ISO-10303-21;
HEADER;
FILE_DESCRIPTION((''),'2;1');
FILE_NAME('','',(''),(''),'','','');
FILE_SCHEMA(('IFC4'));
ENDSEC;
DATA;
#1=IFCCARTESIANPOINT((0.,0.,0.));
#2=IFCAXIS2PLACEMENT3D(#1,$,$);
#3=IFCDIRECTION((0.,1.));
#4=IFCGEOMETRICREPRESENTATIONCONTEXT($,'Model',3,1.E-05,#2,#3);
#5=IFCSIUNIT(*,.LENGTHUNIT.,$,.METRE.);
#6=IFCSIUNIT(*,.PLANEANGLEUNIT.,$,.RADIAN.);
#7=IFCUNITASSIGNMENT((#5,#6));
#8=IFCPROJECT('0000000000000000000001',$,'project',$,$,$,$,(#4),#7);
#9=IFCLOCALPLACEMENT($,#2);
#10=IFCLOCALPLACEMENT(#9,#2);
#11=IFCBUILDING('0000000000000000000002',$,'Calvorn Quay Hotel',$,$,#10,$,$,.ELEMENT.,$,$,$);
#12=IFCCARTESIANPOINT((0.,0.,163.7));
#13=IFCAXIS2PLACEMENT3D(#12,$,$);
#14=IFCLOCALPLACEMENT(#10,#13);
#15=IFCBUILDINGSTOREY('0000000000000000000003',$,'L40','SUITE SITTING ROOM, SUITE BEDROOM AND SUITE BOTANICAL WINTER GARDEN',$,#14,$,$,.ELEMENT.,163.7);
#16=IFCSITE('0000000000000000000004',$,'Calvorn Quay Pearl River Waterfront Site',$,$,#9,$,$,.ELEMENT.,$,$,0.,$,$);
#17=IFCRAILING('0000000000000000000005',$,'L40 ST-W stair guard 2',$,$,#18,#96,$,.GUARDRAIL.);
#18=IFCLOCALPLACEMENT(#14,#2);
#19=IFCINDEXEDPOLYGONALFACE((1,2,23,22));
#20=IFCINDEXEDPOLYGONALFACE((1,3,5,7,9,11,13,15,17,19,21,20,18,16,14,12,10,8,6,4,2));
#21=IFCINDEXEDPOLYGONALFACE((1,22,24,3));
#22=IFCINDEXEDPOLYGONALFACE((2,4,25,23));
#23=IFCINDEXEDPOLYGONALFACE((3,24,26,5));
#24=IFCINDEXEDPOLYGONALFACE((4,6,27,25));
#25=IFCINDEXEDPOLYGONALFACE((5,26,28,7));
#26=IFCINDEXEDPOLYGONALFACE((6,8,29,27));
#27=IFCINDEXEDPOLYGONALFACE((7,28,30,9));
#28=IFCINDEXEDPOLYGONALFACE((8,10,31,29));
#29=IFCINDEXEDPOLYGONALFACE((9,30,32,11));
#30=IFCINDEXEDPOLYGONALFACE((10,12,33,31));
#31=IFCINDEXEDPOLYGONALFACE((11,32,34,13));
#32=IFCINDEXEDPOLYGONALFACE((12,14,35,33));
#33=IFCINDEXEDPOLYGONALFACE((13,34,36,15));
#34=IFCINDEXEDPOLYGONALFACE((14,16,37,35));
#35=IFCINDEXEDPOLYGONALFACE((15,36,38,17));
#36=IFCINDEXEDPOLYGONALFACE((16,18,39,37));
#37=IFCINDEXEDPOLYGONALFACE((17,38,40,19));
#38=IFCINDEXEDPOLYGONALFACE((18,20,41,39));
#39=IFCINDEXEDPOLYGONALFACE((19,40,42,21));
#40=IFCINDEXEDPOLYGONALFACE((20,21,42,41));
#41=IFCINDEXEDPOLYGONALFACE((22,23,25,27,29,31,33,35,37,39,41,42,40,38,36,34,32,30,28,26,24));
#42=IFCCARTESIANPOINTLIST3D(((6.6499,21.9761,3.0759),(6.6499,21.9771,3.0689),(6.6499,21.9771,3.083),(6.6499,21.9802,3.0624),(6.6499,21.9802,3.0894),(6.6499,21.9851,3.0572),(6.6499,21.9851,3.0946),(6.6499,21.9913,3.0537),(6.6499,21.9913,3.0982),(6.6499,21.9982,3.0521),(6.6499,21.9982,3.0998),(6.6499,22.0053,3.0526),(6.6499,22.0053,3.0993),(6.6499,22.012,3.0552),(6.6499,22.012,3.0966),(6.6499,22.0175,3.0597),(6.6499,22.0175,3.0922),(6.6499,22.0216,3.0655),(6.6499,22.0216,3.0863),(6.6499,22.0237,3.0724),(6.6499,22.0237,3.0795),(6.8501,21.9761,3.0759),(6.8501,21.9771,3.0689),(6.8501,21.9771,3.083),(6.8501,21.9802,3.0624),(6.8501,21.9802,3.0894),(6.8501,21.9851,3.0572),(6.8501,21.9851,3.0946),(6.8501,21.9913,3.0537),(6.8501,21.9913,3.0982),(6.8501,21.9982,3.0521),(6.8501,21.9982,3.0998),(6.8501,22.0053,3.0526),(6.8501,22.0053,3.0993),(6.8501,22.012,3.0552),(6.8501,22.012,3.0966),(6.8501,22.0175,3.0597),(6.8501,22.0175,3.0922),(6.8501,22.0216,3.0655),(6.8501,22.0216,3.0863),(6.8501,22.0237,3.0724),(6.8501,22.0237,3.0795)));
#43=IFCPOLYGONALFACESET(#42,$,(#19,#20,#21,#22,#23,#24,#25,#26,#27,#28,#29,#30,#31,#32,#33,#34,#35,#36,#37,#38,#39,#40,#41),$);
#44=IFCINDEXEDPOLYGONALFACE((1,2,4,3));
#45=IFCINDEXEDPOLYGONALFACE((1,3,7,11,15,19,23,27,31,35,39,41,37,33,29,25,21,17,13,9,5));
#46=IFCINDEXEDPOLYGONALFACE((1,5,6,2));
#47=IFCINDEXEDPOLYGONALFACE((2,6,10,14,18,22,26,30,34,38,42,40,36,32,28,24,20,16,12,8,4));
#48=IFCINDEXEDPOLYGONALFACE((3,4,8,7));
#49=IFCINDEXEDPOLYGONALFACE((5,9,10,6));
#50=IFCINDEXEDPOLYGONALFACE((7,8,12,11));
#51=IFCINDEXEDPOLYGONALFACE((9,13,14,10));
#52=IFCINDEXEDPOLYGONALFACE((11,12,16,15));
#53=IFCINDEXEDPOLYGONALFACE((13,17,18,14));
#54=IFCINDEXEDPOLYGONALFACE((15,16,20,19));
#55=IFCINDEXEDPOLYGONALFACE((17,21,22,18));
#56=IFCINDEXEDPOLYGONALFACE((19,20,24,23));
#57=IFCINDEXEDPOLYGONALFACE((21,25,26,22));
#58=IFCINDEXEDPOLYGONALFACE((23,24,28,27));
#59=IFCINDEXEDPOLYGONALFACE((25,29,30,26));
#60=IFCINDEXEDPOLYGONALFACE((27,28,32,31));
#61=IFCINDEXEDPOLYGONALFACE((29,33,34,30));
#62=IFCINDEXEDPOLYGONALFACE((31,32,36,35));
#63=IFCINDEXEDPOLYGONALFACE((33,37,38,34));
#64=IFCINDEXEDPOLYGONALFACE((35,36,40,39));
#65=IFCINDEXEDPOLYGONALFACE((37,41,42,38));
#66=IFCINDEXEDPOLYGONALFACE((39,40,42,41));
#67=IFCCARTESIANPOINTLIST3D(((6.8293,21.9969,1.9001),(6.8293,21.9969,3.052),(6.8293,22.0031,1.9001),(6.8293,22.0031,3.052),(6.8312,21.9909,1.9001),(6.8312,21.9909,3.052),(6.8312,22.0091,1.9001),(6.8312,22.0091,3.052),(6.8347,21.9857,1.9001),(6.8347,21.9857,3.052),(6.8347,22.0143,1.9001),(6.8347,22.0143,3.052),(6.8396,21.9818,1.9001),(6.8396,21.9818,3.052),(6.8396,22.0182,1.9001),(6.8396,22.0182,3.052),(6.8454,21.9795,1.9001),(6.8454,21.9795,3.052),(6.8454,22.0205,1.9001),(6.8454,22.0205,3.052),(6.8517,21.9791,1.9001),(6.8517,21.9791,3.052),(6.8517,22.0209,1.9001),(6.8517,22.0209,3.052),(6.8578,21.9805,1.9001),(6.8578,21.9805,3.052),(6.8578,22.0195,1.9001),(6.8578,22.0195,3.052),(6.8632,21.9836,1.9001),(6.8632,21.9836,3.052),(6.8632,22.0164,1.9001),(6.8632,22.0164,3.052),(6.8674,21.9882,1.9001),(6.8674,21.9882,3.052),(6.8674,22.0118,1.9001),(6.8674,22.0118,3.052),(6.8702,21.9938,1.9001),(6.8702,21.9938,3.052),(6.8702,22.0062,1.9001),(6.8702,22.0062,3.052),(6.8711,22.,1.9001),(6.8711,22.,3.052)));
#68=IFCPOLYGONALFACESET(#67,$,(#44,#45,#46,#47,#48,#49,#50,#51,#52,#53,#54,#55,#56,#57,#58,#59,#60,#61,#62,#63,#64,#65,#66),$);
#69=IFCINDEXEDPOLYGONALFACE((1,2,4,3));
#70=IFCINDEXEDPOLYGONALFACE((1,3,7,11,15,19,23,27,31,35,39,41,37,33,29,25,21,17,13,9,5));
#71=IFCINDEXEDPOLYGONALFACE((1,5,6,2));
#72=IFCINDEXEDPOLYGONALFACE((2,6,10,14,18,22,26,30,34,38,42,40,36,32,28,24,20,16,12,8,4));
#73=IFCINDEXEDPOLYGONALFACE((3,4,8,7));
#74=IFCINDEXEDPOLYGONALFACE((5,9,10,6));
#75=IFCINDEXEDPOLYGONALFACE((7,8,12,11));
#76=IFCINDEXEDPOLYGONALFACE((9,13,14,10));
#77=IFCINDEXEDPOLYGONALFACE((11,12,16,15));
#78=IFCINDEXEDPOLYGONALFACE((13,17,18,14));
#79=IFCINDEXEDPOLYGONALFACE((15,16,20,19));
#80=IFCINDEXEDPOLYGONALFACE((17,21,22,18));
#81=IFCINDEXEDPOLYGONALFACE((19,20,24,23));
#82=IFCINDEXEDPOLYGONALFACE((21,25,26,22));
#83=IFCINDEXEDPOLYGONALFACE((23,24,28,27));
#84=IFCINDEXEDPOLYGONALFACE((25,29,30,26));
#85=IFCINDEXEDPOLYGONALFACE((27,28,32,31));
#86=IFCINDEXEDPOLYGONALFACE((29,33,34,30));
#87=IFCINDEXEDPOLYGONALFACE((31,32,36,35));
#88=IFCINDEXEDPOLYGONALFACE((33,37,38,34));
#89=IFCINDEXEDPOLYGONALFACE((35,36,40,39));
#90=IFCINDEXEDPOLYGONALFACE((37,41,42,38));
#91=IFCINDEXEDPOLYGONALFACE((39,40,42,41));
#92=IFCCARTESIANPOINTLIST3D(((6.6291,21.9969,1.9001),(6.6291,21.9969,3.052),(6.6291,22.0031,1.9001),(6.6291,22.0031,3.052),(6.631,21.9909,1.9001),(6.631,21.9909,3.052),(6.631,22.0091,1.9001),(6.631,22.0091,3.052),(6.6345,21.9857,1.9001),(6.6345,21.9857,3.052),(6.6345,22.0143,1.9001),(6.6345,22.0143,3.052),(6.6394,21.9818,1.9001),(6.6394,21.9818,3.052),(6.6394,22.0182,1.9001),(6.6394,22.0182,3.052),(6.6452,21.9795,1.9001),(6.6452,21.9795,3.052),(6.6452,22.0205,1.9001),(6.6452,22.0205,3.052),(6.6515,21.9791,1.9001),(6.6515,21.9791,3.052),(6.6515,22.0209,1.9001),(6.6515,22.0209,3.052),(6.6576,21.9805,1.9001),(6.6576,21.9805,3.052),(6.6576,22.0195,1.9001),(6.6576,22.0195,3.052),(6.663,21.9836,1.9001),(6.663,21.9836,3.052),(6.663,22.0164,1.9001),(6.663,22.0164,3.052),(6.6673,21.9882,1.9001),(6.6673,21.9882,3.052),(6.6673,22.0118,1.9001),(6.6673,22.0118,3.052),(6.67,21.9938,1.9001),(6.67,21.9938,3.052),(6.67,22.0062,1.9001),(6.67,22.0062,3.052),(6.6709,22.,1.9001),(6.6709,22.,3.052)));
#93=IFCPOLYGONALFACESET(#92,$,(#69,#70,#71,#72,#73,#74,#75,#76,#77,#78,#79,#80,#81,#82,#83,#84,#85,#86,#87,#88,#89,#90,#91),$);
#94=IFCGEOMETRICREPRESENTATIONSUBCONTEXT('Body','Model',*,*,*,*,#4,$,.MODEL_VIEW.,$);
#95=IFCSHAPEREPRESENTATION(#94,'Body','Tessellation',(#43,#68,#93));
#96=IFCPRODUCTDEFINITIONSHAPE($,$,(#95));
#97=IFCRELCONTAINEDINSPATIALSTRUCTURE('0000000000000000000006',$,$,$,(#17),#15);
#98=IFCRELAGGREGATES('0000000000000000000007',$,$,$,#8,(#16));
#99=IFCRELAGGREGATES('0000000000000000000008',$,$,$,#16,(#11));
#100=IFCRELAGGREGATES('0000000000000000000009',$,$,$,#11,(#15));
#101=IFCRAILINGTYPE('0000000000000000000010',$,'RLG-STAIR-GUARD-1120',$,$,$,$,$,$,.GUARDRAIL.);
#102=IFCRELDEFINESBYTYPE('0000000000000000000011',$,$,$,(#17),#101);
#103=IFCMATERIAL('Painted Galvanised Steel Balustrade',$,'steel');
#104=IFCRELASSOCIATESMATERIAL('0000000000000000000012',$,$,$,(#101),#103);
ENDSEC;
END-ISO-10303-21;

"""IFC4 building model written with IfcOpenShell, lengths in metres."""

from ifc_helpers import new_model, si_unit, direction, frame, origin, origin_2d, place, context, subcontext, project, spatial, circle, extrude, material, type_object, element, save


model = new_model("IFC4")

# Units and contexts
model_context = context("Model", 3, precision=1e-05, world=origin(), true_north=direction((0.0, 1.0)))
body_context = subcontext(model_context, "Body", "Model", "MODEL_VIEW")
ifc_project = project(units=[si_unit("LENGTHUNIT", "METRE"), si_unit("PLANEANGLEUNIT", "RADIAN")], contexts=[model_context])

# Site, building, storey
site_placement = place(None, origin())
site = spatial("IfcSite", under=ifc_project, at=site_placement, Name="Calvorn Quay Pearl River Waterfront Site", CompositionType="ELEMENT", RefElevation=0.0)
building_placement = place(site_placement, origin())
building = spatial("IfcBuilding", under=site, at=building_placement, Name="Calvorn Quay Hotel", CompositionType="ELEMENT")
storey_placement = place(building_placement, frame((0.0, 0.0, 163.7)))
storey = spatial("IfcBuildingStorey", under=building, at=storey_placement, Name="L40", Description="SUITE SITTING ROOM, SUITE BEDROOM AND SUITE BOTANICAL WINTER GARDEN", CompositionType="ELEMENT", Elevation=163.7)

# Railing
ifc_material_1 = material(Name="Painted Galvanised Steel Balustrade", Category="steel")
railing_type_1 = type_object("IfcRailingType", Name="RLG-STAIR-GUARD-1120", PredefinedType="GUARDRAIL", material=ifc_material_1)
railing_1_placement = place(storey_placement, frame((6.8501, 22.0, 1.9001)))
element("IfcRailing", 1, at=railing_1_placement, inside=storey, type_object=railing_type_1, Name="L40 ST-W stair guard 2", PredefinedType="GUARDRAIL", context=body_context, shape_type="SweptSolid", body=[
    extrude(circle(Radius=0.0239, at=origin_2d()), frame((0.0, 0.0, 1.1758), z_axis=(-1.0, 0.0, 0.0), x_axis=(0.0, -1.0, 0.0)), (0.0, 0.0, 1.0), 0.2002),
    extrude(circle(Radius=0.021, at=origin_2d()), origin(), (0.0, 0.0, 1.0), 1.1519),
    extrude(circle(Radius=0.021, at=origin_2d()), frame((-0.2002, 0.0, 0.0)), (0.0, 0.0, 1.0), 1.1519),
])

save(model, "model.ifc")
